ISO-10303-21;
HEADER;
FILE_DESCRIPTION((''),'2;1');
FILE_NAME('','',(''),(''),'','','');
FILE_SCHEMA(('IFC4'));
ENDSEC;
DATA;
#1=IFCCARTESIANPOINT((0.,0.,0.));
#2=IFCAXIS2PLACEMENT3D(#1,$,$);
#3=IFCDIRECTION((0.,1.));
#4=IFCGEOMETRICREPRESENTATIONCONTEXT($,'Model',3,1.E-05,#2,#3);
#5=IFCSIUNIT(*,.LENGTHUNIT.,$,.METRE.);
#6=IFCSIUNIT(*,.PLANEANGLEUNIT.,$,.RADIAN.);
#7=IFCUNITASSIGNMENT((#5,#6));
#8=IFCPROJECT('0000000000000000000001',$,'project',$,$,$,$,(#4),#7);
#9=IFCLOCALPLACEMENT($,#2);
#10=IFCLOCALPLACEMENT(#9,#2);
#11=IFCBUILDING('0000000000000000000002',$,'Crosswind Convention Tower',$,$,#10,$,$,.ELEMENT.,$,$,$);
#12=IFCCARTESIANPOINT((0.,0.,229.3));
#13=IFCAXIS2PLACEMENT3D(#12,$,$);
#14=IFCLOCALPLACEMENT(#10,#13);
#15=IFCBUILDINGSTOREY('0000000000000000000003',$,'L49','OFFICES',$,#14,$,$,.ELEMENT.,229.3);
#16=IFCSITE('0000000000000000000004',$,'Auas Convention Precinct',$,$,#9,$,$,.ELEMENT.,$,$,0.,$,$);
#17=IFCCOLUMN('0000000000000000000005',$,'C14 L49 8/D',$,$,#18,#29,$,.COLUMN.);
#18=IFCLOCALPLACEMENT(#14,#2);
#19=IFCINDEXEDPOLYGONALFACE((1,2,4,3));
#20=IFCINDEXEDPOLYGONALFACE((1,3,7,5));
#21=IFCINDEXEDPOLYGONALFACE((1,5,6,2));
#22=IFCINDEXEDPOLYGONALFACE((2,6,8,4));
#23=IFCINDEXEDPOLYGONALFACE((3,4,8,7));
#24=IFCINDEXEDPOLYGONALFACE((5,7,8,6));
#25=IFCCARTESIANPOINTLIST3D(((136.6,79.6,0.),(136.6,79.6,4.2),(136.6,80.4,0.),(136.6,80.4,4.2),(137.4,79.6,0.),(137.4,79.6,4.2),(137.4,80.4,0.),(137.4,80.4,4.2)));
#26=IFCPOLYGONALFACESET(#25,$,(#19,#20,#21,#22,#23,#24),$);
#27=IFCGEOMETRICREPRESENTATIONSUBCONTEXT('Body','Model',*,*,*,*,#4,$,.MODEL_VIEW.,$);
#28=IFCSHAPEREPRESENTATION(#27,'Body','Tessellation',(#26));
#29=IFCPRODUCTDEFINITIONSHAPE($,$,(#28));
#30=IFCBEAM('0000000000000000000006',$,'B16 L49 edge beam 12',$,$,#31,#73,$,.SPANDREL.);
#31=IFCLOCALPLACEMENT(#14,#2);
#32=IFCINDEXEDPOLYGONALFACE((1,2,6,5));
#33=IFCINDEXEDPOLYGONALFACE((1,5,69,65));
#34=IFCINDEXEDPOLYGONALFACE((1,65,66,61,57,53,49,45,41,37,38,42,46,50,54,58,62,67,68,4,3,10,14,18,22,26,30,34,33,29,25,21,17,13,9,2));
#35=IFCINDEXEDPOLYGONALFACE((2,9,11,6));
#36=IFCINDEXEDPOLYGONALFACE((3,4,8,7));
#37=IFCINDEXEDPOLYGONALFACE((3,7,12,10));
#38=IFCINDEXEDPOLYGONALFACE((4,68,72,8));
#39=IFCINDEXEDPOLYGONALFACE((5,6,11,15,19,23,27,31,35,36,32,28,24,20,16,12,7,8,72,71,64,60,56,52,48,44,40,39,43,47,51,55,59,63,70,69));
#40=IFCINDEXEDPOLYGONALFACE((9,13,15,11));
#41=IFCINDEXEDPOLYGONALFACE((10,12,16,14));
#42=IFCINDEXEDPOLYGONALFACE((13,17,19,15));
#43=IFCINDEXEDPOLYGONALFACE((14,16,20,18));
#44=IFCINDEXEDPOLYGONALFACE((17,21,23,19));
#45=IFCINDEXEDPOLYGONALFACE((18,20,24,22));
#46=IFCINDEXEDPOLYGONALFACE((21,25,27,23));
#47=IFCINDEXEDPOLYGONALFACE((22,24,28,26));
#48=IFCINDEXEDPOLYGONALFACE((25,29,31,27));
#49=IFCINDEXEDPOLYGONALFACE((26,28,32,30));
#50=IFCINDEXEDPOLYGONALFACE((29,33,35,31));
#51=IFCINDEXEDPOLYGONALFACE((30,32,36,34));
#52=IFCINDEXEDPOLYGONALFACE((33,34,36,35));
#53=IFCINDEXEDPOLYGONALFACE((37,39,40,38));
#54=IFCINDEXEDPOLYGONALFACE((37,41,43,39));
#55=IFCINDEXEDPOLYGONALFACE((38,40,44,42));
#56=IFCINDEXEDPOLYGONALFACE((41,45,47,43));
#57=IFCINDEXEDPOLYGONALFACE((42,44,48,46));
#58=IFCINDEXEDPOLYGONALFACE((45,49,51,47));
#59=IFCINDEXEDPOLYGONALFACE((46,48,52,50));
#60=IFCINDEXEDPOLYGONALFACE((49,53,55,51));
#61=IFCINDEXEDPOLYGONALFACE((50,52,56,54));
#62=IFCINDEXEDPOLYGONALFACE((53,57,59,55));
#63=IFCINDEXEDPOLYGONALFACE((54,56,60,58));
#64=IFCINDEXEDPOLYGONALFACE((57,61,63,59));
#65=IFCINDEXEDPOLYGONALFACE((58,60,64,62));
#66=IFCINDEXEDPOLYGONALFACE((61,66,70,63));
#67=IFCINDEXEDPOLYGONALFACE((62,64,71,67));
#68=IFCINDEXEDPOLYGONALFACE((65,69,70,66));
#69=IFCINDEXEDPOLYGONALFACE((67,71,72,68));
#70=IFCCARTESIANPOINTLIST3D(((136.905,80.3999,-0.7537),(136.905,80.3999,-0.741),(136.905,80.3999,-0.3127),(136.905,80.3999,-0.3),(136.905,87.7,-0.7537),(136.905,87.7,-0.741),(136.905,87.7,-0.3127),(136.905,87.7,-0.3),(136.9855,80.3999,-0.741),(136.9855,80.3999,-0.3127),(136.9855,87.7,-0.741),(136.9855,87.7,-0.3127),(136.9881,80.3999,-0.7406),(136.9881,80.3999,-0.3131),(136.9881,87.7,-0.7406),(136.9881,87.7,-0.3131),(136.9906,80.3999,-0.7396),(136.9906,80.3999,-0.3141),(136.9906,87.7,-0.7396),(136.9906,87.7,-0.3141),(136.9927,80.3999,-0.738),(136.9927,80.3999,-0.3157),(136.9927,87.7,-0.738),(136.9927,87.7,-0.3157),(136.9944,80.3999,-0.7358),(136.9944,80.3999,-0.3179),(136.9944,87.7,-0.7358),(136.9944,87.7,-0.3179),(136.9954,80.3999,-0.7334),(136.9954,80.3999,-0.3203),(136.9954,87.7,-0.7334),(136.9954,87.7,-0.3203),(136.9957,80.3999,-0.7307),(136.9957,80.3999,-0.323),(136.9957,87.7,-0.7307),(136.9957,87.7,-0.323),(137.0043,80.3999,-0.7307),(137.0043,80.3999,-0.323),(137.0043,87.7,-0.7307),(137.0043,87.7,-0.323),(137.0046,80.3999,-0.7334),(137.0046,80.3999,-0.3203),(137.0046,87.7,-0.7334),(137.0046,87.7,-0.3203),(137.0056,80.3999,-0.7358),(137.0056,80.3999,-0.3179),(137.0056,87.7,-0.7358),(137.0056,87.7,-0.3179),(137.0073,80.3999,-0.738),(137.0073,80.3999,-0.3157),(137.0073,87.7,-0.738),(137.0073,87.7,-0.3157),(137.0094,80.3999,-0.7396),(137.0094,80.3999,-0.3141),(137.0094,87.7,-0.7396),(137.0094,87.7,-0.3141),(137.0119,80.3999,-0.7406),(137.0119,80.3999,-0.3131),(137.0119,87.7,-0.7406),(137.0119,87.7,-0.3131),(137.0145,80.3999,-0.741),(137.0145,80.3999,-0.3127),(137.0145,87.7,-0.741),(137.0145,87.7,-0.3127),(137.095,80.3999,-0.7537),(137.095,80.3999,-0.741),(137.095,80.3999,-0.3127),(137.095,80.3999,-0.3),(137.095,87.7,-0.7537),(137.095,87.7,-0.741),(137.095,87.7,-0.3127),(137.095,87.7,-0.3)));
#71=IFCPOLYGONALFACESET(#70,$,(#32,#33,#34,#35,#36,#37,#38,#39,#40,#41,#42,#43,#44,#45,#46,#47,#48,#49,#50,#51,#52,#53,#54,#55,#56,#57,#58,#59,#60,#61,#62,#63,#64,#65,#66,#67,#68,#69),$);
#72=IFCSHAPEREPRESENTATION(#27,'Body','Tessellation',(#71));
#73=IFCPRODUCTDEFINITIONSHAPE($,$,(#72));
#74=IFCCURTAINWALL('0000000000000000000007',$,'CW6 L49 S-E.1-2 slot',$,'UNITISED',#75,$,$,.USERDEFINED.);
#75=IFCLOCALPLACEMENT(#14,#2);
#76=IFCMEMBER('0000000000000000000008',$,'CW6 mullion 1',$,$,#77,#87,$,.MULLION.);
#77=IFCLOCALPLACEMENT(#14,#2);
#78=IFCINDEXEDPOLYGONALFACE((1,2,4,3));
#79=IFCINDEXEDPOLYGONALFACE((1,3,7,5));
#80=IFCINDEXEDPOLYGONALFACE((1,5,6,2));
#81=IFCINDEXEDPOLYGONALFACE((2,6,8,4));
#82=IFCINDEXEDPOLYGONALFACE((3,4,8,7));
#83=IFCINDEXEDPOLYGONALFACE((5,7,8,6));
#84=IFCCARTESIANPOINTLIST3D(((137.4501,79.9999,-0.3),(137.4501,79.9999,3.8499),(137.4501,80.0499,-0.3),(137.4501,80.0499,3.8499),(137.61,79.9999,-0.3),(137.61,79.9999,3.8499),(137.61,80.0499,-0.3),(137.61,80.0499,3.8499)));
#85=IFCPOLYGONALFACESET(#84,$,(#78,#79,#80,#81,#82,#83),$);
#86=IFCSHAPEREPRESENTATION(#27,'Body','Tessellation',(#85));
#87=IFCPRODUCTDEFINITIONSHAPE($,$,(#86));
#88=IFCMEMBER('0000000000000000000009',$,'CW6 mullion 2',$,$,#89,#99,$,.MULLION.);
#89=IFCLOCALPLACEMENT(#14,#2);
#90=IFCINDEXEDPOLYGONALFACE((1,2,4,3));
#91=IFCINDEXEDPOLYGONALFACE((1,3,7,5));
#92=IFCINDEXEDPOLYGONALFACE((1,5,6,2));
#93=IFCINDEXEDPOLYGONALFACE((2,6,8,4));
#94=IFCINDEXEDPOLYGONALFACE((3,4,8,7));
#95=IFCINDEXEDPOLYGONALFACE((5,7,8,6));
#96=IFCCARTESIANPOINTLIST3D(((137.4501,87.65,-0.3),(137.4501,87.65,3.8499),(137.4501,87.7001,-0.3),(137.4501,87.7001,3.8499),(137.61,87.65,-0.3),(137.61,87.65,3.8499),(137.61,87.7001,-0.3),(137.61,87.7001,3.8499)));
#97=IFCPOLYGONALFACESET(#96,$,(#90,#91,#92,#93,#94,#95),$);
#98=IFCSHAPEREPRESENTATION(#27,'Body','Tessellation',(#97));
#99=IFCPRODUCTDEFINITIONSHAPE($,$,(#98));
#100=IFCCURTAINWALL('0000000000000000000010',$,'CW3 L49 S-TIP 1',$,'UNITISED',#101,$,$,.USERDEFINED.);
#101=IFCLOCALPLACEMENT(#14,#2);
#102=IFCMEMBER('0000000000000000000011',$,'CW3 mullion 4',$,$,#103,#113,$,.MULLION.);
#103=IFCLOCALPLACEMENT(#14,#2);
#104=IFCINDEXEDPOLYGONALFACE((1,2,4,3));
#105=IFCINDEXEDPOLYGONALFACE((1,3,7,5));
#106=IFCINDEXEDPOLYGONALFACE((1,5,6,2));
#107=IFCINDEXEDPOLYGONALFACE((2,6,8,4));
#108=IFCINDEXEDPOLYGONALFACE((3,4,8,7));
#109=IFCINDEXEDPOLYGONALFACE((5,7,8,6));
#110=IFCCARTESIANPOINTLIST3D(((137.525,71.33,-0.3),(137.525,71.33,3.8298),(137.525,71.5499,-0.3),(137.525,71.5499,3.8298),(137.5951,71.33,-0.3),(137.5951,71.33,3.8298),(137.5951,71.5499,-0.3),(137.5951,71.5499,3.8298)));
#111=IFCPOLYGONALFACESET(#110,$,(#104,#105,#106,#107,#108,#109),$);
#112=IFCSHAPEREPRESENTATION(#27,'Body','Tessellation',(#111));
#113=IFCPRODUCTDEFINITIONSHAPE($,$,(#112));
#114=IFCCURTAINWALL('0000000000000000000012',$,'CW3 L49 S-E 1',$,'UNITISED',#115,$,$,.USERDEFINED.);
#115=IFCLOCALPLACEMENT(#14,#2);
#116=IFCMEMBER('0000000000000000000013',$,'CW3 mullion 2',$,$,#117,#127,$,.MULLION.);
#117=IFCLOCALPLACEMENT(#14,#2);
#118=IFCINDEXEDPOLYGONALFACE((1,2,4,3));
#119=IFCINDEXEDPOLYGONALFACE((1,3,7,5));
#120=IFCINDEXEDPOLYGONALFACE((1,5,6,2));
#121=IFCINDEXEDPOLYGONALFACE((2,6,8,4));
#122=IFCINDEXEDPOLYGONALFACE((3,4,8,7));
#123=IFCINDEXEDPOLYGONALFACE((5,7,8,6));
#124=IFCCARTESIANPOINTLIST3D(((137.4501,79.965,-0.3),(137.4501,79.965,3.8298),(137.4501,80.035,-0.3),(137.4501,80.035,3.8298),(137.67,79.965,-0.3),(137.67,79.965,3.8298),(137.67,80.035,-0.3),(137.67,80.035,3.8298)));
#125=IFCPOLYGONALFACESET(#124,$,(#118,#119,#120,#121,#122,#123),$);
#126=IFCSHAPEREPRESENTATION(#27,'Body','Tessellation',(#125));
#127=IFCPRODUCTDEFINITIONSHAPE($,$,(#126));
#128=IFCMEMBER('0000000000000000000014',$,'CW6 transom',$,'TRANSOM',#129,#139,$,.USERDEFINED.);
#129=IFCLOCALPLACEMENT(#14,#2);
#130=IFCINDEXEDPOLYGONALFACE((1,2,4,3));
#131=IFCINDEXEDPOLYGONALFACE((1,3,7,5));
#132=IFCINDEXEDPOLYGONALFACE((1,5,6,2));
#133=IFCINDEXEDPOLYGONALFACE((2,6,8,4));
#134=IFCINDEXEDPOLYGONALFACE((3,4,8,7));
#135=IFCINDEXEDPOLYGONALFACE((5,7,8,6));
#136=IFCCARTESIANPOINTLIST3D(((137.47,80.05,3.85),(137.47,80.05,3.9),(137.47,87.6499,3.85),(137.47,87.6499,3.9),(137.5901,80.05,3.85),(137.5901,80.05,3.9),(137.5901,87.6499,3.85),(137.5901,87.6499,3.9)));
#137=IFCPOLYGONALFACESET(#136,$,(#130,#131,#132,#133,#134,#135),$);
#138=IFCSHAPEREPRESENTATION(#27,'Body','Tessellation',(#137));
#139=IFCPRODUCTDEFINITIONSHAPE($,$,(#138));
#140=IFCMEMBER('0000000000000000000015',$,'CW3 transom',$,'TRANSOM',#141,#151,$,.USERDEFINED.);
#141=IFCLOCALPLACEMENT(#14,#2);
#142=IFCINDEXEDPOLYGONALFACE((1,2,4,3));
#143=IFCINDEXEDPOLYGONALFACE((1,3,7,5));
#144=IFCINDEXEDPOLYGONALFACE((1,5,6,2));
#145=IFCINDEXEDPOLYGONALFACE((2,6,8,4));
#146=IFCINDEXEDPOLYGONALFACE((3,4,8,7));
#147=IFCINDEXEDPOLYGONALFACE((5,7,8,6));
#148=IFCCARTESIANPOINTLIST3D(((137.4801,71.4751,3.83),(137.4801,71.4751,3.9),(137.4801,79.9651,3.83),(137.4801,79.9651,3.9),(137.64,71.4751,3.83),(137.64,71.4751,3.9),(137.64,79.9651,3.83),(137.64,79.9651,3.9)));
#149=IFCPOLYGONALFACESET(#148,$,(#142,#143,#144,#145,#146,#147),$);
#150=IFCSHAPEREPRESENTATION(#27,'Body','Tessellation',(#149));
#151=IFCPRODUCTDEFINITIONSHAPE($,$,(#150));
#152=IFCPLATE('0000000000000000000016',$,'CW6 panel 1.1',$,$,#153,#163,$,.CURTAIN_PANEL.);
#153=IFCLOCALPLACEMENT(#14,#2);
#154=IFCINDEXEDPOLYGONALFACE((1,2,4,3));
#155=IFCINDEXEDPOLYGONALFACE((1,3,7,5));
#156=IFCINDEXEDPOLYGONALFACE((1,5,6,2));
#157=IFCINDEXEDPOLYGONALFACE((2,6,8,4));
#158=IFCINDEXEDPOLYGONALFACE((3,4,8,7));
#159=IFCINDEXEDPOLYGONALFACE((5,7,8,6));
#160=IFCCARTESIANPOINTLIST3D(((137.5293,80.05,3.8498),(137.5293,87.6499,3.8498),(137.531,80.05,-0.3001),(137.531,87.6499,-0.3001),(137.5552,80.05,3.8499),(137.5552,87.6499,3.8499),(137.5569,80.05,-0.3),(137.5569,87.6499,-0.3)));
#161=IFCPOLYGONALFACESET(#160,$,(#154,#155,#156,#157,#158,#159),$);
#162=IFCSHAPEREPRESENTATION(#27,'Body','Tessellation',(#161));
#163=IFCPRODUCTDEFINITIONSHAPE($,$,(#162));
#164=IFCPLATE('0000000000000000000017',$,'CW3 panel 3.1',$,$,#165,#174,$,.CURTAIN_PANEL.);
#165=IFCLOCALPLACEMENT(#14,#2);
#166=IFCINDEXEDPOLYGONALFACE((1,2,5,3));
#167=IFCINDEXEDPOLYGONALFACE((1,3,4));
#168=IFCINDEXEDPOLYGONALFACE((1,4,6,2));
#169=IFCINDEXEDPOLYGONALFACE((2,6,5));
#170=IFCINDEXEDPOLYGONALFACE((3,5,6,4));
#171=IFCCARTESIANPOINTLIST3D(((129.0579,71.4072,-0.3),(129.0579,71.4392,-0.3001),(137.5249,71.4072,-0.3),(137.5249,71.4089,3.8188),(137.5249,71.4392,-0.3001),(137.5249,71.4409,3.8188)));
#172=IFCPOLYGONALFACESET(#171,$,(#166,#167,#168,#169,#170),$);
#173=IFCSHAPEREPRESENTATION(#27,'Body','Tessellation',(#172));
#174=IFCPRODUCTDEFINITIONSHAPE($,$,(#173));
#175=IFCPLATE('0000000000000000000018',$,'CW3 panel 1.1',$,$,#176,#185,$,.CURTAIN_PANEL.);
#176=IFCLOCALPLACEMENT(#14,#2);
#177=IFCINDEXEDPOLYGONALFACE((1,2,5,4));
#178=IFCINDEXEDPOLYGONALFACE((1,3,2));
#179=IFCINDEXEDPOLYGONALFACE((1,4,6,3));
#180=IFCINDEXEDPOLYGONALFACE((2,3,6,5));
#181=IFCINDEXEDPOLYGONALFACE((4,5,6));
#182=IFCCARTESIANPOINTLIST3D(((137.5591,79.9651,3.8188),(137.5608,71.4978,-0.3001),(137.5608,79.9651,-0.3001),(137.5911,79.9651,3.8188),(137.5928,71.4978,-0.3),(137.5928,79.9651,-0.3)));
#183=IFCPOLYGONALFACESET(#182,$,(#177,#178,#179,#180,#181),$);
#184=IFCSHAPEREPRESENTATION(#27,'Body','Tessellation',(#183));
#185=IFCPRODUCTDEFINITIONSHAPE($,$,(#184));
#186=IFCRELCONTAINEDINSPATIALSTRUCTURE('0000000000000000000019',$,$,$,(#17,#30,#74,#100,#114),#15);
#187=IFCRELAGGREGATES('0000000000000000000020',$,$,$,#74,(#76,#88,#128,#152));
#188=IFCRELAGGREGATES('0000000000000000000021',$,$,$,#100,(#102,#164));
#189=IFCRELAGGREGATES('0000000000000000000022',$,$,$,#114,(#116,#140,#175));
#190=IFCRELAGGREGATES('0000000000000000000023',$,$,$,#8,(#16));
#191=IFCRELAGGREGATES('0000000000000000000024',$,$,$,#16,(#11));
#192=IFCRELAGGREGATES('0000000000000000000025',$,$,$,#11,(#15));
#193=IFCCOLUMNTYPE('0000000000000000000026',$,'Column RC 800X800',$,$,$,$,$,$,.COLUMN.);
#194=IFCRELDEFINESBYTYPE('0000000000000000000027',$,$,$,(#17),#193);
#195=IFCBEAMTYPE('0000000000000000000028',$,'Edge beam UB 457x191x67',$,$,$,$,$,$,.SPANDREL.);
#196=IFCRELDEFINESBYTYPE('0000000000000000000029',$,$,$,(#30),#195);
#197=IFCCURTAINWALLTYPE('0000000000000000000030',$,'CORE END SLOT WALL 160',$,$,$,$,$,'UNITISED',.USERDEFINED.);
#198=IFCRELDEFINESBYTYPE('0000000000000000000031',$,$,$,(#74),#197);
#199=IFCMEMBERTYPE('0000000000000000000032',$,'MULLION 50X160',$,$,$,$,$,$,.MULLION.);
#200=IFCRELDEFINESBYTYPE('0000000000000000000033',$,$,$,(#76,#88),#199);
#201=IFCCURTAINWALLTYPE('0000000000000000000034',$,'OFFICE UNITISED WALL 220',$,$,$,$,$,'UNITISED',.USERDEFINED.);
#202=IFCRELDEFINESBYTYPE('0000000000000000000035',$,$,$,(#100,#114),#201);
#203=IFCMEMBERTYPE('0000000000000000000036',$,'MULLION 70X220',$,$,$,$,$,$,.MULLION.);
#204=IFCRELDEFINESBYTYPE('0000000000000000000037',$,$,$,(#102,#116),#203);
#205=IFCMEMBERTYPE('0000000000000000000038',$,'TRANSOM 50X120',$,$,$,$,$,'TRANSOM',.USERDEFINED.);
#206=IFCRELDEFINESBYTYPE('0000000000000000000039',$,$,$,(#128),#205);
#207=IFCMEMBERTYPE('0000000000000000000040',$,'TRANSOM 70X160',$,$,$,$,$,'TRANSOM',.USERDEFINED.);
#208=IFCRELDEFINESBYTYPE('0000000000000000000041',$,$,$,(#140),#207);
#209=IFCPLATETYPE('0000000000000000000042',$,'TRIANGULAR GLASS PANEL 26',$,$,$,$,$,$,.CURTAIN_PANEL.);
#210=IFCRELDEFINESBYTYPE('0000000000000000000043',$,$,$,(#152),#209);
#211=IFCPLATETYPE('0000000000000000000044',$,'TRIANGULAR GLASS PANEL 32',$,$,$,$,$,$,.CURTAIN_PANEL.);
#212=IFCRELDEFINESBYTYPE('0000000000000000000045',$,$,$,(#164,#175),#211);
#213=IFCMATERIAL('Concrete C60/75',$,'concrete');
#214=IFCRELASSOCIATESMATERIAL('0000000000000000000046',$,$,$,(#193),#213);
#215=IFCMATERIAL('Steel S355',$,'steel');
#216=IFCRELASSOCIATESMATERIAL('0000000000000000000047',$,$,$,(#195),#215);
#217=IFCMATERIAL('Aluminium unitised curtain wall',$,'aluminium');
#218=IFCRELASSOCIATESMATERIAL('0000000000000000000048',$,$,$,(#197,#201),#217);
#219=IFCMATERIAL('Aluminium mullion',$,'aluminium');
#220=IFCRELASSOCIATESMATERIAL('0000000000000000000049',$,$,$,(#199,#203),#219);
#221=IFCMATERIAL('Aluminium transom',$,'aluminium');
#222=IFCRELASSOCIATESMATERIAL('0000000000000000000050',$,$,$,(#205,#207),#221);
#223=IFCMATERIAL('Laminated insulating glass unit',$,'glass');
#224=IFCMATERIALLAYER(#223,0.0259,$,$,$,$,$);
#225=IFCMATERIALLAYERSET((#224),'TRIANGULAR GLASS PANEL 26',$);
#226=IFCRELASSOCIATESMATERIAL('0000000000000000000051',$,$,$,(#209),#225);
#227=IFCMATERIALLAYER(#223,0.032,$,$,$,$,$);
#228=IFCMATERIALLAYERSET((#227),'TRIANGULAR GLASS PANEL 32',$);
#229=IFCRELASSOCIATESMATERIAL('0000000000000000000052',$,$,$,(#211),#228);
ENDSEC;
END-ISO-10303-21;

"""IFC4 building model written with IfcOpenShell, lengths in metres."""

from ifc_helpers import new_model, si_unit, direction, frame, origin, origin_2d, place, context, subcontext, project, spatial, polyline, rectangle, i_section, outline, extrude, material, layer, layer_set, material_profile, profile_set, type_object, element, aggregate, save


model = new_model("IFC4")

# Units and contexts
model_context = context("Model", 3, precision=1e-05, world=origin(), true_north=direction((0.0, 1.0)))
body_context = subcontext(model_context, "Body", "Model", "MODEL_VIEW")
ifc_project = project(units=[si_unit("LENGTHUNIT", "METRE"), si_unit("PLANEANGLEUNIT", "RADIAN")], contexts=[model_context])

# Site, building, storey
site_placement = place(None, origin())
site = spatial("IfcSite", under=ifc_project, at=site_placement, Name="Auas Convention Precinct", CompositionType="ELEMENT", RefElevation=0.0)
building_placement = place(site_placement, origin())
building = spatial("IfcBuilding", under=site, at=building_placement, Name="Crosswind Convention Tower", CompositionType="ELEMENT")
storey_placement = place(building_placement, frame((0.0, 0.0, 229.3)))
storey = spatial("IfcBuildingStorey", under=building, at=storey_placement, Name="L49", Description="OFFICES", CompositionType="ELEMENT", Elevation=229.3)

# Column
ifc_material_1 = material(Name="Concrete C60/75", Category="concrete")
ifc_material_profile_1 = material_profile(ifc_material_1, rectangle(XDim=0.8, YDim=0.8, at=origin_2d()), Name="RC 800X800")
ifc_profile_set_1 = profile_set([ifc_material_profile_1], Name="Concrete C60/75")
column_type = type_object("IfcColumnType", Name="Column RC 800X800", PredefinedType="COLUMN", material=ifc_profile_set_1)
column_placement = place(storey_placement, frame((137.0, 80.0, 0.0), z_axis=(0.0, 0.0, 1.0), x_axis=(1.0, 0.0, 0.0)))
element("IfcColumn", 1, at=column_placement, inside=storey, type_object=column_type, Name="C14 L49 8/D", PredefinedType="COLUMN", context=body_context, shape_type="SweptSolid", body=[
    extrude(rectangle(XDim=0.8, YDim=0.8, at=origin_2d()), origin(), (0.0, 0.0, 1.0), 4.2),
])

# Beam
ifc_material_2 = material(Name="Steel S355", Category="steel")
ifc_material_profile_2 = material_profile(ifc_material_2, i_section(OverallWidth=0.1899, OverallDepth=0.4536, WebThickness=0.0085, FlangeThickness=0.0127, FilletRadius=0.0103, at=origin_2d()), Name="UB 457x191x67")
ifc_profile_set_2 = profile_set([ifc_material_profile_2], Name="Steel S355")
beam_type = type_object("IfcBeamType", Name="Edge beam UB 457x191x67", PredefinedType="SPANDREL", material=ifc_profile_set_2)
beam_placement = place(storey_placement, frame((137.0, 80.3999, -0.5269), z_axis=(0.0, 1.0, 0.0), x_axis=(-1.0, 0.0, 0.0)))
element("IfcBeam", 2, at=beam_placement, inside=storey, type_object=beam_type, Name="B16 L49 edge beam 12", PredefinedType="SPANDREL", context=body_context, shape_type="SweptSolid", body=[
    extrude(i_section(OverallWidth=0.1899, OverallDepth=0.4536, WebThickness=0.0085, FlangeThickness=0.0127, FilletRadius=0.0103, at=origin_2d()), origin(), (0.0, 0.0, 1.0), 7.3),
])

# Curtain wall, members
ifc_material_3 = material(Name="Aluminium unitised curtain wall", Category="aluminium")
curtain_wall_type_1 = type_object("IfcCurtainWallType", Name="CORE END SLOT WALL 160", ElementType="UNITISED", PredefinedType="USERDEFINED", material=ifc_material_3)
curtain_wall_1_placement = place(storey_placement, origin())
curtain_wall_1 = element("IfcCurtainWall", 3, at=curtain_wall_1_placement, inside=storey, type_object=curtain_wall_type_1, Name="CW6 L49 S-E.1-2 slot", ObjectType="UNITISED", PredefinedType="USERDEFINED")
ifc_material_4 = material(Name="Aluminium mullion", Category="aluminium")
ifc_material_profile_3 = material_profile(ifc_material_4, rectangle(XDim=0.1599, YDim=0.05, at=origin_2d()), Name="AL 160X50")
ifc_profile_set_3 = profile_set([ifc_material_profile_3], Name="Aluminium mullion")
member_type_1 = type_object("IfcMemberType", Name="MULLION 50X160", PredefinedType="MULLION", material=ifc_profile_set_3)
member_1_placement = place(storey_placement, frame((137.53, 80.0249, -0.3), z_axis=(0.0, 0.0, 1.0), x_axis=(1.0, 0.0, 0.0)))
member_1 = element("IfcMember", 4, at=member_1_placement, type_object=member_type_1, Name="CW6 mullion 1", PredefinedType="MULLION", context=body_context, shape_type="SweptSolid", body=[
    extrude(rectangle(XDim=0.1599, YDim=0.05, at=origin_2d()), origin(), (0.0, 0.0, 1.0), 4.1499),
])
member_2_placement = place(storey_placement, frame((137.53, 87.675, -0.3), z_axis=(0.0, 0.0, 1.0), x_axis=(1.0, 0.0, 0.0)))
member_2 = element("IfcMember", 5, at=member_2_placement, type_object=member_type_1, Name="CW6 mullion 2", PredefinedType="MULLION", context=body_context, shape_type="SweptSolid", body=[
    extrude(rectangle(XDim=0.1599, YDim=0.05, at=origin_2d()), origin(), (0.0, 0.0, 1.0), 4.1499),
])

# Curtain walls, members
curtain_wall_type_2 = type_object("IfcCurtainWallType", Name="OFFICE UNITISED WALL 220", ElementType="UNITISED", PredefinedType="USERDEFINED", material=ifc_material_3)
curtain_wall_2_placement = place(storey_placement, origin())
curtain_wall_2 = element("IfcCurtainWall", 6, at=curtain_wall_2_placement, inside=storey, type_object=curtain_wall_type_2, Name="CW3 L49 S-TIP 1", ObjectType="UNITISED", PredefinedType="USERDEFINED")
ifc_material_profile_4 = material_profile(ifc_material_4, rectangle(XDim=0.22, YDim=0.0701, at=origin_2d()), Name="AL 220X70")
ifc_profile_set_4 = profile_set([ifc_material_profile_4], Name="Aluminium mullion")
member_type_2 = type_object("IfcMemberType", Name="MULLION 70X220", PredefinedType="MULLION", material=ifc_profile_set_4)
member_3_placement = place(storey_placement, frame((137.5601, 71.4399, -0.3), z_axis=(0.0, 0.0, 1.0), x_axis=(0.0, -1.0, 0.0)))
member_3 = element("IfcMember", 7, at=member_3_placement, type_object=member_type_2, Name="CW3 mullion 4", PredefinedType="MULLION", context=body_context, shape_type="SweptSolid", body=[
    extrude(rectangle(XDim=0.22, YDim=0.0701, at=origin_2d()), origin(), (0.0, 0.0, 1.0), 4.1299),
])
curtain_wall_3_placement = place(storey_placement, origin())
curtain_wall_3 = element("IfcCurtainWall", 8, at=curtain_wall_3_placement, inside=storey, type_object=curtain_wall_type_2, Name="CW3 L49 S-E 1", ObjectType="UNITISED", PredefinedType="USERDEFINED")
member_4_placement = place(storey_placement, frame((137.5601, 80.0, -0.3), z_axis=(0.0, 0.0, 1.0), x_axis=(1.0, 0.0, 0.0)))
member_4 = element("IfcMember", 9, at=member_4_placement, type_object=member_type_2, Name="CW3 mullion 2", PredefinedType="MULLION", context=body_context, shape_type="SweptSolid", body=[
    extrude(rectangle(XDim=0.22, YDim=0.0701, at=origin_2d()), origin(), (0.0, 0.0, 1.0), 4.1299),
])

# Members
ifc_material_5 = material(Name="Aluminium transom", Category="aluminium")
ifc_material_profile_5 = material_profile(ifc_material_5, rectangle(XDim=0.1201, YDim=0.05, at=origin_2d()), Name="AL 120X50")
ifc_profile_set_5 = profile_set([ifc_material_profile_5], Name="Aluminium transom")
member_type_3 = type_object("IfcMemberType", Name="TRANSOM 50X120", ElementType="TRANSOM", PredefinedType="USERDEFINED", material=ifc_profile_set_5)
member_5_placement = place(storey_placement, frame((137.53, 80.05, 3.875), z_axis=(0.0, 1.0, 0.0), x_axis=(-1.0, 0.0, 0.0)))
member_5 = element("IfcMember", 10, at=member_5_placement, type_object=member_type_3, Name="CW6 transom", ObjectType="TRANSOM", PredefinedType="USERDEFINED", context=body_context, shape_type="SweptSolid", body=[
    extrude(rectangle(XDim=0.1201, YDim=0.05, at=origin_2d()), origin(), (0.0, 0.0, 1.0), 7.5999),
])
ifc_material_profile_6 = material_profile(ifc_material_5, rectangle(XDim=0.1599, YDim=0.0701, at=origin_2d()), Name="AL 160X70")
ifc_profile_set_6 = profile_set([ifc_material_profile_6], Name="Aluminium transom")
member_type_4 = type_object("IfcMemberType", Name="TRANSOM 70X160", ElementType="TRANSOM", PredefinedType="USERDEFINED", material=ifc_profile_set_6)
member_6_placement = place(storey_placement, frame((137.5601, 71.4751, 3.865), z_axis=(0.0, 1.0, 0.0), x_axis=(-1.0, 0.0, 0.0)))
member_6 = element("IfcMember", 11, at=member_6_placement, type_object=member_type_4, Name="CW3 transom", ObjectType="TRANSOM", PredefinedType="USERDEFINED", context=body_context, shape_type="SweptSolid", body=[
    extrude(rectangle(XDim=0.1599, YDim=0.0701, at=origin_2d()), origin(), (0.0, 0.0, 1.0), 8.49),
])

# Plates
ifc_material_6 = material(Name="Laminated insulating glass unit", Category="glass")
ifc_layer_1 = layer(ifc_material_6, 0.0259)
ifc_layer_set_1 = layer_set([ifc_layer_1], Name="TRIANGULAR GLASS PANEL 26")
plate_type_1 = type_object("IfcPlateType", Name="TRIANGULAR GLASS PANEL 26", PredefinedType="CURTAIN_PANEL", material=ifc_layer_set_1)
plate_1_placement = place(storey_placement, frame((137.5569, 80.05, -0.3), z_axis=(1.0, 0.0, 0.000412), x_axis=(0.0, 1.0, 0.0)))
plate_1 = element("IfcPlate", 12, at=plate_1_placement, type_object=plate_type_1, Name="CW6 panel 1.1", PredefinedType="CURTAIN_PANEL", context=body_context, shape_type="SweptSolid", body=[
    extrude(outline(polyline([(0.0, 0.0), (7.5999, 0.0), (7.5999, 4.1499), (0.0, 4.1499), (0.0, 0.0)])), origin(), (0.0, 0.0, -1.0), 0.0259),
])
aggregate(curtain_wall_1, [member_1, member_2, member_5, plate_1])
ifc_layer_2 = layer(ifc_material_6, 0.032)
ifc_layer_set_2 = layer_set([ifc_layer_2], Name="TRIANGULAR GLASS PANEL 32")
plate_type_2 = type_object("IfcPlateType", Name="TRIANGULAR GLASS PANEL 32", PredefinedType="CURTAIN_PANEL", material=ifc_layer_set_2)
plate_2_placement = place(storey_placement, frame((137.5249, 71.4072, -0.3), z_axis=(0.0, -1.0, 0.000415), x_axis=(0.0, 0.000415, 1.0)))
plate_2 = element("IfcPlate", 13, at=plate_2_placement, type_object=plate_type_2, Name="CW3 panel 3.1", PredefinedType="CURTAIN_PANEL", context=body_context, shape_type="SweptSolid", body=[
    extrude(outline(polyline([(0.0, 0.0), (4.1189, 0.0), (0.0, 8.467), (0.0, 0.0)])), origin(), (0.0, 0.0, -1.0), 0.032),
])
aggregate(curtain_wall_2, [member_3, plate_2])
plate_3_placement = place(storey_placement, frame((137.5928, 79.9651, -0.3), z_axis=(1.0, 0.0, 0.000415), x_axis=(-0.000415, 0.0, 1.0)))
plate_3 = element("IfcPlate", 14, at=plate_3_placement, type_object=plate_type_2, Name="CW3 panel 1.1", PredefinedType="CURTAIN_PANEL", context=body_context, shape_type="SweptSolid", body=[
    extrude(outline(polyline([(0.0, 0.0), (4.1189, 0.0), (0.0, 8.4673), (0.0, 0.0)])), origin(), (0.0, 0.0, -1.0), 0.032),
])

aggregate(curtain_wall_3, [member_4, member_6, plate_3])

save(model, "model.ifc")
